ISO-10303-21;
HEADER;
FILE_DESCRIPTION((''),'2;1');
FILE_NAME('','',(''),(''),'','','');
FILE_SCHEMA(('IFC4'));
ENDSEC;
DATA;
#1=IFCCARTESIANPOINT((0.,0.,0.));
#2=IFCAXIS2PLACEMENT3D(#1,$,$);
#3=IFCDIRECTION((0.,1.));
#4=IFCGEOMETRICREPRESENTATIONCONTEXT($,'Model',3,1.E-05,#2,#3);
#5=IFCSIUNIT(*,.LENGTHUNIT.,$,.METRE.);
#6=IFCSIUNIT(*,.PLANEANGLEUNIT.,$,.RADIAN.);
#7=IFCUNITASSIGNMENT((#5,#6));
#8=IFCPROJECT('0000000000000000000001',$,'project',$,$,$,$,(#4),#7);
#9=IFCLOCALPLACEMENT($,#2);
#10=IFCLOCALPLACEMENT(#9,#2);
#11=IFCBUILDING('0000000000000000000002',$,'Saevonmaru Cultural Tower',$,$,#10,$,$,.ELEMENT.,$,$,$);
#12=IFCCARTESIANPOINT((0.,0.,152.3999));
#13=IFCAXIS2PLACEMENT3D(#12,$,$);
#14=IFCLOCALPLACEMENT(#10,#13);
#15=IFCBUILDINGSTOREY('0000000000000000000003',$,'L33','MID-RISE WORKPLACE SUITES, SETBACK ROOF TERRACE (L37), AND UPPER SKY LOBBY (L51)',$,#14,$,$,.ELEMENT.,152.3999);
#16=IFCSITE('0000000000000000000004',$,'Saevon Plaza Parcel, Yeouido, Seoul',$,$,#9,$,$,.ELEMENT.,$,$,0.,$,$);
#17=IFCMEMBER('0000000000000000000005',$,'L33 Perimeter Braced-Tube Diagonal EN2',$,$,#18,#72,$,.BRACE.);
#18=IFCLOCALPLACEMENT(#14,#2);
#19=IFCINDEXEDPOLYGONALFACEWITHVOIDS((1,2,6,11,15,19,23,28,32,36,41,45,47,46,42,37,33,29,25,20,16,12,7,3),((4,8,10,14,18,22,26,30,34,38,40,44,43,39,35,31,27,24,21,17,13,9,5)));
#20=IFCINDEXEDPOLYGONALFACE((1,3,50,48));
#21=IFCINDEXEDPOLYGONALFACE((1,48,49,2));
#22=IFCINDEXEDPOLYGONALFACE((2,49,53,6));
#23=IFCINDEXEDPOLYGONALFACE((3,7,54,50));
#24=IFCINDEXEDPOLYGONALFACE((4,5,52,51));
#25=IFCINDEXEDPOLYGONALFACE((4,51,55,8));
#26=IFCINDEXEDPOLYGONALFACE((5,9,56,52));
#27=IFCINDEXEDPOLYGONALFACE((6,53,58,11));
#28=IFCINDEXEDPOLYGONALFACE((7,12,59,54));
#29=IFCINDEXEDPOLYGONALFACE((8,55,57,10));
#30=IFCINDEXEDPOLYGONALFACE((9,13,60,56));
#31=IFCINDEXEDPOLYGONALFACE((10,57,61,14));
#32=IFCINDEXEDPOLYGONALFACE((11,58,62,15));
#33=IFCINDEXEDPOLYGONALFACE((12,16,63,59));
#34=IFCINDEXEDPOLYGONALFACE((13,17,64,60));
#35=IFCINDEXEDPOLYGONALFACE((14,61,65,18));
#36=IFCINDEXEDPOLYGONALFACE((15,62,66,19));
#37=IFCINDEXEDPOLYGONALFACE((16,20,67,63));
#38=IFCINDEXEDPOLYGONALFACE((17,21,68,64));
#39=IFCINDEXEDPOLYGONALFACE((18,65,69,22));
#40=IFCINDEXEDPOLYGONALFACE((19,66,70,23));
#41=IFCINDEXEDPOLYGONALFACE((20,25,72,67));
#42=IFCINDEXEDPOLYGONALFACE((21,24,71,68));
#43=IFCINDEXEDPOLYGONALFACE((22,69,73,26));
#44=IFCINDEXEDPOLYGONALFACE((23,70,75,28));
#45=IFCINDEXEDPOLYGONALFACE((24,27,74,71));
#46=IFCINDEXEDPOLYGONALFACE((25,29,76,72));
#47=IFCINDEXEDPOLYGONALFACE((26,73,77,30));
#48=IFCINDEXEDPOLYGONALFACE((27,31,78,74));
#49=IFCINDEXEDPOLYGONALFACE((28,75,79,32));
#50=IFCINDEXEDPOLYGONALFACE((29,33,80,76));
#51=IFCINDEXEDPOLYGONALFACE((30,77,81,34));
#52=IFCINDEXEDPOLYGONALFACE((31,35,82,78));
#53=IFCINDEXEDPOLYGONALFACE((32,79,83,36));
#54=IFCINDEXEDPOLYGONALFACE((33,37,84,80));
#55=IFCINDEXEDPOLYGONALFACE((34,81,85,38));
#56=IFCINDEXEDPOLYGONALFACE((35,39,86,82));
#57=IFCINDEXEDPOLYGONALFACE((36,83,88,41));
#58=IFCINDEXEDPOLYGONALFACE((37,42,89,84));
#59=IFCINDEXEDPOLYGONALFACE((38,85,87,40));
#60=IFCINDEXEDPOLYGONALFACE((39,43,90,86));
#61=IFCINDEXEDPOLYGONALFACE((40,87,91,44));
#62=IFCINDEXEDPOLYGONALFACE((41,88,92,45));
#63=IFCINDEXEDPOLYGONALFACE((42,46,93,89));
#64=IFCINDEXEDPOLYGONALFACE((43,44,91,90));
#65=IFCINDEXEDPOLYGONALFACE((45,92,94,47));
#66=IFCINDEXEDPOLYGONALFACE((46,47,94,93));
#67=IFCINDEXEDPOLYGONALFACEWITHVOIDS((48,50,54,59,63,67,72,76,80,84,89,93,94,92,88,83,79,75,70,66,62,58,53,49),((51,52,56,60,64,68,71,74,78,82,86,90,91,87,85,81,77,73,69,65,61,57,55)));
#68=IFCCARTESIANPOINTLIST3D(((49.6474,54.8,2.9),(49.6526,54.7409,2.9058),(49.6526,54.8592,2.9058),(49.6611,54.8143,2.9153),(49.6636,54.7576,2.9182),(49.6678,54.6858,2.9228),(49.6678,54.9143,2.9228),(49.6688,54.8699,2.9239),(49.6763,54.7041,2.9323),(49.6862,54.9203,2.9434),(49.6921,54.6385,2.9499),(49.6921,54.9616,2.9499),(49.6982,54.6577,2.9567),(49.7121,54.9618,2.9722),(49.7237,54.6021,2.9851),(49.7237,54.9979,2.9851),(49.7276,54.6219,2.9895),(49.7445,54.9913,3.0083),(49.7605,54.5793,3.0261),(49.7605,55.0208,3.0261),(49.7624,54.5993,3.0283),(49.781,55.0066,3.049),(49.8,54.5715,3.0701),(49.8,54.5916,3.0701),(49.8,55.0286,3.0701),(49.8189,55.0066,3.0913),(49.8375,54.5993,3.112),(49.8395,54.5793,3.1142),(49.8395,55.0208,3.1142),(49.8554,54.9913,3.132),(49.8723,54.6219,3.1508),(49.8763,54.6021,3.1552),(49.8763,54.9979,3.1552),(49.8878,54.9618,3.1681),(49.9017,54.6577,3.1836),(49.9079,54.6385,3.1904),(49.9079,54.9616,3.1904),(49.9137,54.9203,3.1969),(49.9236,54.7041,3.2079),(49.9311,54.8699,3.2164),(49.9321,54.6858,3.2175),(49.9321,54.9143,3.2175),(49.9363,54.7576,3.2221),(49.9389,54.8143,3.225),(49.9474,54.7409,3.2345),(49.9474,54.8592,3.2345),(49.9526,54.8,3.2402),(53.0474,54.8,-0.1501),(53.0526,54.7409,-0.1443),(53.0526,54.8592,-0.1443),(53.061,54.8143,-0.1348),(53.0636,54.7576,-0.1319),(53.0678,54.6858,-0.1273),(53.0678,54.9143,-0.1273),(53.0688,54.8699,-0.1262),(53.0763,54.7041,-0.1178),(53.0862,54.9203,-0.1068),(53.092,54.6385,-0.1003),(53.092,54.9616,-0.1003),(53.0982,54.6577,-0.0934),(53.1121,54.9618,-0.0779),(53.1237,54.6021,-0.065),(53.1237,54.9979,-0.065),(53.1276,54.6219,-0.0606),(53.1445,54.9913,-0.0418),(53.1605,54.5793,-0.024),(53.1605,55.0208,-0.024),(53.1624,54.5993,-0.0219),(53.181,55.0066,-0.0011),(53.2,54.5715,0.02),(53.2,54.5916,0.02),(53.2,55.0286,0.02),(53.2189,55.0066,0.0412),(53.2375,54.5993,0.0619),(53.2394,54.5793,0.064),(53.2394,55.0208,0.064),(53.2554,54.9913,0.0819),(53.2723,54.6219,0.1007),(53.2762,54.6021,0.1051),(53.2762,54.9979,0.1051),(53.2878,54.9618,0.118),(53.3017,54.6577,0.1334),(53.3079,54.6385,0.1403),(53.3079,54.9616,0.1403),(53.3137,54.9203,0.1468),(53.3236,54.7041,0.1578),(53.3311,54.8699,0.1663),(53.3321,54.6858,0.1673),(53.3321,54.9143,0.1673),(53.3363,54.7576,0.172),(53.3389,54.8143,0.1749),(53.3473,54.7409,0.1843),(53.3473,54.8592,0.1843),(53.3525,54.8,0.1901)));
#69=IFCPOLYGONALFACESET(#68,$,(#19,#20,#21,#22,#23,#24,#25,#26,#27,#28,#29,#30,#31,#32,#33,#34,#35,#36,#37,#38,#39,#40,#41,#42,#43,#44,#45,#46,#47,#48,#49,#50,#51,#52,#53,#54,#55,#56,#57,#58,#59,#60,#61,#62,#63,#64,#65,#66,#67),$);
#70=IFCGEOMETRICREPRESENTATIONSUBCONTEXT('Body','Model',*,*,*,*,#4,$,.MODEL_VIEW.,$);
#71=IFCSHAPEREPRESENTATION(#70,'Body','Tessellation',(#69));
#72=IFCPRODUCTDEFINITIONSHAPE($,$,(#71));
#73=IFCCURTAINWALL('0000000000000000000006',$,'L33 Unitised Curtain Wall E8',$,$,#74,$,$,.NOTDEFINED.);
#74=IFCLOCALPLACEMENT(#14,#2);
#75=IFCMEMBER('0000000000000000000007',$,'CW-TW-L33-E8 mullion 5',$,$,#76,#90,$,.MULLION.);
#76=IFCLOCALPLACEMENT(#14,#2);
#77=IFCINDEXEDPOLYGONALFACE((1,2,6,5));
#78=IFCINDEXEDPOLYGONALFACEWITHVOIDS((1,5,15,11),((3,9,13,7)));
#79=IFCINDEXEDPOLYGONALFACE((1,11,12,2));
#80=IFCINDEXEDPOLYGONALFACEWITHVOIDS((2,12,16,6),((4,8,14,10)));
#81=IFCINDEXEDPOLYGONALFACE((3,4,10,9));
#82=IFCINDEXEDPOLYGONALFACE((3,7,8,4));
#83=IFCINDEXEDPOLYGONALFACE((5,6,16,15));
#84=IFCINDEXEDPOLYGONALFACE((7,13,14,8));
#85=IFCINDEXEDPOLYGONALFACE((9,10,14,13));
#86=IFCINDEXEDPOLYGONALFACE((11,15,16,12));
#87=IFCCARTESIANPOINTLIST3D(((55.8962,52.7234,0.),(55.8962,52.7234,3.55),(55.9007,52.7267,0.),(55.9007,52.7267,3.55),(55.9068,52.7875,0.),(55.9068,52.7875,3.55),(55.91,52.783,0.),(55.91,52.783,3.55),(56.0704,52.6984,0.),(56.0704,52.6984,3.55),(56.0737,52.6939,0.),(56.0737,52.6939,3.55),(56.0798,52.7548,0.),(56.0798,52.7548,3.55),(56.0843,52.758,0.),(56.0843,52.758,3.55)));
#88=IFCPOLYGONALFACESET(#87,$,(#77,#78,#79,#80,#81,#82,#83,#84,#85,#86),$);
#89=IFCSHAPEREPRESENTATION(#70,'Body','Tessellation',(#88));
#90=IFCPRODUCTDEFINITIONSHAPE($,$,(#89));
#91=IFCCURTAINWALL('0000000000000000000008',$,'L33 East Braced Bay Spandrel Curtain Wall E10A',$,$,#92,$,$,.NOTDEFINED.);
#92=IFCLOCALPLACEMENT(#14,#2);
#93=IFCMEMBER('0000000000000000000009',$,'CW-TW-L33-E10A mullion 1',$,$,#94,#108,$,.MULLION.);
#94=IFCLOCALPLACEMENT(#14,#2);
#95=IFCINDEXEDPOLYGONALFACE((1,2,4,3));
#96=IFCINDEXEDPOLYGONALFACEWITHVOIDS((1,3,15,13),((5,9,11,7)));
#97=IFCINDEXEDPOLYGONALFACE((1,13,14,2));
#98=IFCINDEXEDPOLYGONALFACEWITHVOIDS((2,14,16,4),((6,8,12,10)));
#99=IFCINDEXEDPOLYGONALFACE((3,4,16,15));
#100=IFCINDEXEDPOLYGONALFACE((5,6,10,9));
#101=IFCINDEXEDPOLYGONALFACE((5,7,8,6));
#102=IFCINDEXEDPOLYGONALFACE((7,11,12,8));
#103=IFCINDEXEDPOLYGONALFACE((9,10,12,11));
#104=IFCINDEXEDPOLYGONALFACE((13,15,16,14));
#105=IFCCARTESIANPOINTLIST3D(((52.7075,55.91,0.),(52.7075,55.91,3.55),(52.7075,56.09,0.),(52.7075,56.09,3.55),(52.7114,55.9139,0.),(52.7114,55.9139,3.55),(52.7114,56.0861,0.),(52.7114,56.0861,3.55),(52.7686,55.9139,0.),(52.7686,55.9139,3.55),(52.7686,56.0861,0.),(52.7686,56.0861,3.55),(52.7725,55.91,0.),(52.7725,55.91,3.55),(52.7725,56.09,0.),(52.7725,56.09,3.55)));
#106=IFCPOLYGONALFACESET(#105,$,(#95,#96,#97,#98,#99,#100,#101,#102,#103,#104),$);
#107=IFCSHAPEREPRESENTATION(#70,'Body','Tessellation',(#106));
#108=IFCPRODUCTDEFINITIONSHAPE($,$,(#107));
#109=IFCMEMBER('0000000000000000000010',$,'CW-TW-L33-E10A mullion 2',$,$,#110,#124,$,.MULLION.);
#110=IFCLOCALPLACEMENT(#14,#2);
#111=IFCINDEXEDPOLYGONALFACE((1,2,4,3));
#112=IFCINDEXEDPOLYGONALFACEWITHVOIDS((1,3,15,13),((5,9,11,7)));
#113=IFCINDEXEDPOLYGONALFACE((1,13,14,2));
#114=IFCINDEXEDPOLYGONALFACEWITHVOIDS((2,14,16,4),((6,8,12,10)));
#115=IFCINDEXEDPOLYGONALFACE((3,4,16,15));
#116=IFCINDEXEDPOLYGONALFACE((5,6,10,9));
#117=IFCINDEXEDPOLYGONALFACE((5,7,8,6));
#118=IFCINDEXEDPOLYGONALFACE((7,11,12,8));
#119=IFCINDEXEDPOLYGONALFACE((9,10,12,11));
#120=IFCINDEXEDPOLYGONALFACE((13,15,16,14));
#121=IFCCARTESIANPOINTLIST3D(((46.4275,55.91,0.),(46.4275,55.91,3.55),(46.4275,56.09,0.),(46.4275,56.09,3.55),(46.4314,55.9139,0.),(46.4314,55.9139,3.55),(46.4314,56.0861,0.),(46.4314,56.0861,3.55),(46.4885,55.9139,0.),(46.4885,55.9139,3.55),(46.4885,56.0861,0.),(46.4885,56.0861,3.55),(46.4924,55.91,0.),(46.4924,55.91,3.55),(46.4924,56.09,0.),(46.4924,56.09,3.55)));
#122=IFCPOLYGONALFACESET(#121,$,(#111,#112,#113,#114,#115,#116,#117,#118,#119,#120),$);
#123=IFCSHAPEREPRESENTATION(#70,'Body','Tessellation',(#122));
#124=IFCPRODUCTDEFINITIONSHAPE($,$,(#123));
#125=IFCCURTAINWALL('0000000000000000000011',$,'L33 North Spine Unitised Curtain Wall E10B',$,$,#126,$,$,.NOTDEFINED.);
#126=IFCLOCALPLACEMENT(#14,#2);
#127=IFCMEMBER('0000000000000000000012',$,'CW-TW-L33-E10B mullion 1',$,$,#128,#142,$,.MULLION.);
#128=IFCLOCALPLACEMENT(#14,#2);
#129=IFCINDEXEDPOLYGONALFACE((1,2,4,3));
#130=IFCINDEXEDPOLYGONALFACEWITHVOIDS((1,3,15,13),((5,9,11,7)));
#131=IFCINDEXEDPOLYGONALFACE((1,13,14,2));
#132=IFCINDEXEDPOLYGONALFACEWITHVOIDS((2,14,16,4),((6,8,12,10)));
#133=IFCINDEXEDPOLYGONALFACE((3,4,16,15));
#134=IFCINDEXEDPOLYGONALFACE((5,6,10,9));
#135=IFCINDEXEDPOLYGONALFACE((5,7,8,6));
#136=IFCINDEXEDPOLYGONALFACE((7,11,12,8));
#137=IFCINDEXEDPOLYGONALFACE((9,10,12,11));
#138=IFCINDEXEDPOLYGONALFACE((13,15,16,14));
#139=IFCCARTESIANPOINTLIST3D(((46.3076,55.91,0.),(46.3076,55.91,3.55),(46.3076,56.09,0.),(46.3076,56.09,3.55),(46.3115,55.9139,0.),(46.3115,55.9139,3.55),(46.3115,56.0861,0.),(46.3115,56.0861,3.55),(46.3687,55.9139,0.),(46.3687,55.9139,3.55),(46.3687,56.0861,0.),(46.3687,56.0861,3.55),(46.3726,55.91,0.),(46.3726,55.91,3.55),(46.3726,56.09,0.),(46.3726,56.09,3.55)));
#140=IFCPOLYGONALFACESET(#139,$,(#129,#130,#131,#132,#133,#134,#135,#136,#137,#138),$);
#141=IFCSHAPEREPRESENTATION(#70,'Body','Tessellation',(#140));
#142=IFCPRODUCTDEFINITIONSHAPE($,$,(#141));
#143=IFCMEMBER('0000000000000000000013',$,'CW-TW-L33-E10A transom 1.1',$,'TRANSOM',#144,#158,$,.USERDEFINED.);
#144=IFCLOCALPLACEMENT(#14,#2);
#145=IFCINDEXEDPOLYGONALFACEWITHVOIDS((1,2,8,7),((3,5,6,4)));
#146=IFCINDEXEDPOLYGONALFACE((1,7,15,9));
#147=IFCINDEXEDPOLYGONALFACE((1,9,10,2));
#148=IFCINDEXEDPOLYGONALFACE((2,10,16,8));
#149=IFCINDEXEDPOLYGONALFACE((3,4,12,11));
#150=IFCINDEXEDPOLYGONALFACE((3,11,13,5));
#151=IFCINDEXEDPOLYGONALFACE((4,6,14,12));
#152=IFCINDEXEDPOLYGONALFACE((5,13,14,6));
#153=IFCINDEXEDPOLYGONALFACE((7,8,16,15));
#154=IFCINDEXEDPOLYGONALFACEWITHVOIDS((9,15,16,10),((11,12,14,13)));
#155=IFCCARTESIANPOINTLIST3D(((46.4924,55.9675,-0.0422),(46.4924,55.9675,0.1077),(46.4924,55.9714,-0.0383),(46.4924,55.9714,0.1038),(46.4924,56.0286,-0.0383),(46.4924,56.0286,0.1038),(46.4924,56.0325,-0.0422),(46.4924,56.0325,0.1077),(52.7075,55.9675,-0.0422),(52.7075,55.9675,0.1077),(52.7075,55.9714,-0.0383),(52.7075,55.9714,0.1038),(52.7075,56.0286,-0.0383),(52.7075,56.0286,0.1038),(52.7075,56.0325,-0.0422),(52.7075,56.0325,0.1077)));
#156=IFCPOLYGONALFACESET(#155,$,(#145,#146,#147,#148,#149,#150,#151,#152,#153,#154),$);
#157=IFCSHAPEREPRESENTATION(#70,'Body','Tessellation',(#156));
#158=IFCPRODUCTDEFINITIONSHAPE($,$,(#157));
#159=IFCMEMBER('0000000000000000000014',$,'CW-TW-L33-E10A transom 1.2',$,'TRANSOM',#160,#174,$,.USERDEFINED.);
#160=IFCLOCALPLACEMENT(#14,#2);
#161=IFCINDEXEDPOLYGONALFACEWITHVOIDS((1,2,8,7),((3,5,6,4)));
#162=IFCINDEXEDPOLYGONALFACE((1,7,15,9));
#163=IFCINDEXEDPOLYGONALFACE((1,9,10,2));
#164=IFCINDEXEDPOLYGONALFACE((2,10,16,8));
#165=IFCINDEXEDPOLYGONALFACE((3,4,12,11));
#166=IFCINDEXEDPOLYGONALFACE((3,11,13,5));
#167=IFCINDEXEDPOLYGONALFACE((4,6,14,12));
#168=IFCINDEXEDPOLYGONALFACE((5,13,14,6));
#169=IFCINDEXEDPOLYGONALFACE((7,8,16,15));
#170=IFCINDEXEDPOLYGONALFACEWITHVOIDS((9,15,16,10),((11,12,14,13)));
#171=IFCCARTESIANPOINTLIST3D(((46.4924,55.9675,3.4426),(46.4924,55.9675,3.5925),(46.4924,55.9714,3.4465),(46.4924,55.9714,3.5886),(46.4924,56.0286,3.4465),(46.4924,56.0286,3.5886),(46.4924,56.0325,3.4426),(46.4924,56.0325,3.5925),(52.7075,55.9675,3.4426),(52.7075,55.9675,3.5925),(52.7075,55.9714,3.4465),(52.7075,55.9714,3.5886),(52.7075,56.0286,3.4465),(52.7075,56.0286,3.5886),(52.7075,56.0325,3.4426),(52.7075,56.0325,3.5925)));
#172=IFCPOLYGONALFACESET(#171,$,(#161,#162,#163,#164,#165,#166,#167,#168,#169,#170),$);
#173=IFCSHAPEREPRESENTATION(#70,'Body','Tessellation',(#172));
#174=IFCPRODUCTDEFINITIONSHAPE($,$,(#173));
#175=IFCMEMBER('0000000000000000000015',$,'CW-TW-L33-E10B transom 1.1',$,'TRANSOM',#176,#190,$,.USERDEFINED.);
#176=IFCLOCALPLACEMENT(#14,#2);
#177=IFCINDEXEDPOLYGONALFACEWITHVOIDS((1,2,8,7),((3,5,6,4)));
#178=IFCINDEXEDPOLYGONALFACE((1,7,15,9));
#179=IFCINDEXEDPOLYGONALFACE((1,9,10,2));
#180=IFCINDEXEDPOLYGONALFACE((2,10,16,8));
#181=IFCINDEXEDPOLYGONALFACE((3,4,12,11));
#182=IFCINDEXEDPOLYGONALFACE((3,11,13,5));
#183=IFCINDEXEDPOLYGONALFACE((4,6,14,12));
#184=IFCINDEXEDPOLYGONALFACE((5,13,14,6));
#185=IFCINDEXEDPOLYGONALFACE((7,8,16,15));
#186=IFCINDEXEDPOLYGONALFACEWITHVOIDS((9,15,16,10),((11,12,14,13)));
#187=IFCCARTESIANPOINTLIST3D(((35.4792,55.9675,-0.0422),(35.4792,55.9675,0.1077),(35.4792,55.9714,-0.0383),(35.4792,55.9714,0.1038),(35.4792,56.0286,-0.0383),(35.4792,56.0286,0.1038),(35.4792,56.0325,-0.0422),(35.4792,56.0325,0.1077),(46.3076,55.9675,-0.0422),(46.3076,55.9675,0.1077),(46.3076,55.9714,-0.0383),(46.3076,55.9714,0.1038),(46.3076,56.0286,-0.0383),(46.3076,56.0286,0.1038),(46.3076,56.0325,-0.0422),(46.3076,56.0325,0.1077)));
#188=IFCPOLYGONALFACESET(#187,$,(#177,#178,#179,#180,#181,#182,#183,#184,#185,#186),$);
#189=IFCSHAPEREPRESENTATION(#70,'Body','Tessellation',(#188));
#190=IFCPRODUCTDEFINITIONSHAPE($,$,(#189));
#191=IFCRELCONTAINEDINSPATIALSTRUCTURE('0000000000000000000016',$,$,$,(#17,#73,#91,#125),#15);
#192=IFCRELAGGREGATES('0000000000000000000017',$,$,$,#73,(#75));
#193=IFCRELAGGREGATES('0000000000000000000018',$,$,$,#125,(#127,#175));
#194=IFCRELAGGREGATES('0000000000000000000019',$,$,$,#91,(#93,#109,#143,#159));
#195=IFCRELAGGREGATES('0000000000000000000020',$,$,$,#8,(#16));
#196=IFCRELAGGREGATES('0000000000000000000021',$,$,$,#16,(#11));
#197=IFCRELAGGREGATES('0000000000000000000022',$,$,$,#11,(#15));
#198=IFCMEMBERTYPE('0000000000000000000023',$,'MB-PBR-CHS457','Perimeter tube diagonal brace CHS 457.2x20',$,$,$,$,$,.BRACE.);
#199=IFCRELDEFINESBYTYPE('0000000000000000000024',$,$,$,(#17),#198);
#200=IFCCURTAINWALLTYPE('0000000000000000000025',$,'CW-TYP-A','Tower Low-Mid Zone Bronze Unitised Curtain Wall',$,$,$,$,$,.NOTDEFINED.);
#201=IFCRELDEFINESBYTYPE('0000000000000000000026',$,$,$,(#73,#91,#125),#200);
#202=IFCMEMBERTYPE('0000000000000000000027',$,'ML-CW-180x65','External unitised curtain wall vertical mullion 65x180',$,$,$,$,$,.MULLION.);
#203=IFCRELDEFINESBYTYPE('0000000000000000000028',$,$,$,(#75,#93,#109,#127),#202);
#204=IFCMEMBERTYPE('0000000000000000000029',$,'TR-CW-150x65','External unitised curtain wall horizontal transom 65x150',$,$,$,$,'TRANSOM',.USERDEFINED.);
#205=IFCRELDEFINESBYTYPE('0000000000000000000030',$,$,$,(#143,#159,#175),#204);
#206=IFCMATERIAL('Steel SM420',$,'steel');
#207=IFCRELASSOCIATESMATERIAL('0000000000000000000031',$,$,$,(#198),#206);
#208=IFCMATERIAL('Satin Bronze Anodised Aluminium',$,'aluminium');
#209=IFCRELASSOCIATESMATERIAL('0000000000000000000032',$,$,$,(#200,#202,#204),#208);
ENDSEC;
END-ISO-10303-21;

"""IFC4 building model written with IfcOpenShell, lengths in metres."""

from ifc_helpers import new_model, si_unit, direction, frame, origin, origin_2d, place, context, subcontext, project, spatial, hollow_rectangle, hollow_circle, extrude, material, material_profile, profile_set, type_object, element, aggregate, save


model = new_model("IFC4")

# Units and contexts
model_context = context("Model", 3, precision=1e-05, world=origin(), true_north=direction((0.0, 1.0)))
body_context = subcontext(model_context, "Body", "Model", "MODEL_VIEW")
ifc_project = project(units=[si_unit("LENGTHUNIT", "METRE"), si_unit("PLANEANGLEUNIT", "RADIAN")], contexts=[model_context])

# Site, building, storey
site_placement = place(None, origin())
site = spatial("IfcSite", under=ifc_project, at=site_placement, Name="Saevon Plaza Parcel, Yeouido, Seoul", CompositionType="ELEMENT", RefElevation=0.0)
building_placement = place(site_placement, origin())
building = spatial("IfcBuilding", under=site, at=building_placement, Name="Saevonmaru Cultural Tower", CompositionType="ELEMENT")
storey_placement = place(building_placement, frame((0.0, 0.0, 152.3999)))
storey = spatial("IfcBuildingStorey", under=building, at=storey_placement, Name="L33", Description="MID-RISE WORKPLACE SUITES, SETBACK ROOF TERRACE (L37), AND UPPER SKY LOBBY (L51)", CompositionType="ELEMENT", Elevation=152.3999)

# Shared definitions
ifc_material_1 = material(Name="Steel SM420", Category="steel")

# Member
ifc_material_profile_1 = material_profile(ifc_material_1, hollow_circle(Radius=0.2285, WallThickness=0.02, at=origin_2d()), Name="CHS-457.2x20")
ifc_profile_set_1 = profile_set([ifc_material_profile_1], Name="Steel SM420")
member_type_1 = type_object("IfcMemberType", Name="MB-PBR-CHS457", Description="Perimeter tube diagonal brace CHS 457.2x20", PredefinedType="BRACE", material=ifc_profile_set_1)
for number, where, z_axis, x_axis, name in (
    (1, (53.2, 54.8, 0.02), (-0.744367, 0.0, 0.667771), (0.0, -1.0, 0.0), "L33 Perimeter Braced-Tube Diagonal EN2"),
):
    element("IfcMember", number, at=place(storey_placement, frame(where, z_axis=z_axis, x_axis=x_axis)), inside=storey, type_object=member_type_1, Name=name, PredefinedType="BRACE", context=body_context, shape_type="SweptSolid", body=[
        extrude(hollow_circle(Radius=0.2285, WallThickness=0.02, at=origin_2d()), origin(), (0.0, 0.0, 1.0), 4.5676),
    ])

# Curtain wall, member
ifc_material_2 = material(Name="Satin Bronze Anodised Aluminium", Category="aluminium")
curtain_wall_type = type_object("IfcCurtainWallType", Name="CW-TYP-A", Description="Tower Low-Mid Zone Bronze Unitised Curtain Wall", PredefinedType="NOTDEFINED", material=ifc_material_2)
curtain_wall_1_placement = place(storey_placement, origin())
curtain_wall_1 = element("IfcCurtainWall", 2, at=curtain_wall_1_placement, inside=storey, type_object=curtain_wall_type, Name="L33 Unitised Curtain Wall E8", PredefinedType="NOTDEFINED")
ifc_material_profile_2 = material_profile(ifc_material_2, hollow_rectangle(XDim=0.0649, YDim=0.1799, WallThickness=0.0039, at=origin_2d()), Name="ALU-MULL-180x65x4")
ifc_profile_set_2 = profile_set([ifc_material_profile_2], Name="Satin Bronze Anodised Aluminium")
member_type_2 = type_object("IfcMemberType", Name="ML-CW-180x65", Description="External unitised curtain wall vertical mullion 65x180", PredefinedType="MULLION", material=ifc_profile_set_2)
member_1_placement = place(storey_placement, frame((55.9902, 52.7407, 0.0), z_axis=(0.0, 0.0, 1.0), x_axis=(0.163999, 0.986461, 0.0)))
member_1 = element("IfcMember", 3, at=member_1_placement, type_object=member_type_2, Name="CW-TW-L33-E8 mullion 5", PredefinedType="MULLION", context=body_context, shape_type="SweptSolid", body=[
    extrude(hollow_rectangle(XDim=0.0649, YDim=0.1799, WallThickness=0.0039, at=origin_2d()), origin(), (0.0, 0.0, 1.0), 3.55),
])
aggregate(curtain_wall_1, [member_1])

# Curtain wall, members
curtain_wall_2_placement = place(storey_placement, origin())
curtain_wall_2 = element("IfcCurtainWall", 4, at=curtain_wall_2_placement, inside=storey, type_object=curtain_wall_type, Name="L33 East Braced Bay Spandrel Curtain Wall E10A", PredefinedType="NOTDEFINED")
member_2_placement = place(storey_placement, frame((52.74, 56.0, 0.0), z_axis=(0.0, 0.0, 1.0), x_axis=(-1.0, 0.0, 0.0)))
member_2 = element("IfcMember", 5, at=member_2_placement, type_object=member_type_2, Name="CW-TW-L33-E10A mullion 1", PredefinedType="MULLION", context=body_context, shape_type="SweptSolid", body=[
    extrude(hollow_rectangle(XDim=0.0649, YDim=0.1799, WallThickness=0.0039, at=origin_2d()), origin(), (0.0, 0.0, 1.0), 3.55),
])
member_3_placement = place(storey_placement, frame((46.46, 56.0, 0.0), z_axis=(0.0, 0.0, 1.0), x_axis=(-1.0, 0.0, 0.0)))
member_3 = element("IfcMember", 6, at=member_3_placement, type_object=member_type_2, Name="CW-TW-L33-E10A mullion 2", PredefinedType="MULLION", context=body_context, shape_type="SweptSolid", body=[
    extrude(hollow_rectangle(XDim=0.0649, YDim=0.1799, WallThickness=0.0039, at=origin_2d()), origin(), (0.0, 0.0, 1.0), 3.55),
])

# Curtain wall, member
curtain_wall_3_placement = place(storey_placement, origin())
curtain_wall_3 = element("IfcCurtainWall", 7, at=curtain_wall_3_placement, inside=storey, type_object=curtain_wall_type, Name="L33 North Spine Unitised Curtain Wall E10B", PredefinedType="NOTDEFINED")
member_4_placement = place(storey_placement, frame((46.3401, 56.0, 0.0), z_axis=(0.0, 0.0, 1.0), x_axis=(-1.0, 0.0, 0.0)))
member_4 = element("IfcMember", 8, at=member_4_placement, type_object=member_type_2, Name="CW-TW-L33-E10B mullion 1", PredefinedType="MULLION", context=body_context, shape_type="SweptSolid", body=[
    extrude(hollow_rectangle(XDim=0.0649, YDim=0.1799, WallThickness=0.0039, at=origin_2d()), origin(), (0.0, 0.0, 1.0), 3.55),
])

# Members
ifc_material_profile_3 = material_profile(ifc_material_2, hollow_rectangle(XDim=0.0649, YDim=0.1499, WallThickness=0.0039, at=origin_2d()), Name="ALU-TRAN-150x65x4")
ifc_profile_set_3 = profile_set([ifc_material_profile_3], Name="Satin Bronze Anodised Aluminium")
member_type_3 = type_object("IfcMemberType", Name="TR-CW-150x65", Description="External unitised curtain wall horizontal transom 65x150", ElementType="TRANSOM", PredefinedType="USERDEFINED", material=ifc_profile_set_3)
member_5_placement = place(storey_placement, frame((52.7075, 56.0, 0.0327), z_axis=(-1.0, 0.0, 0.0), x_axis=(0.0, -1.0, 0.0)))
member_5 = element("IfcMember", 9, at=member_5_placement, type_object=member_type_3, Name="CW-TW-L33-E10A transom 1.1", ObjectType="TRANSOM", PredefinedType="USERDEFINED", context=body_context, shape_type="SweptSolid", body=[
    extrude(hollow_rectangle(XDim=0.0649, YDim=0.1499, WallThickness=0.0039, at=origin_2d()), origin(), (0.0, 0.0, 1.0), 6.2151),
])
member_6_placement = place(storey_placement, frame((52.7075, 56.0, 3.5176), z_axis=(-1.0, 0.0, 0.0), x_axis=(0.0, -1.0, 0.0)))
member_6 = element("IfcMember", 10, at=member_6_placement, type_object=member_type_3, Name="CW-TW-L33-E10A transom 1.2", ObjectType="TRANSOM", PredefinedType="USERDEFINED", context=body_context, shape_type="SweptSolid", body=[
    extrude(hollow_rectangle(XDim=0.0649, YDim=0.1499, WallThickness=0.0039, at=origin_2d()), origin(), (0.0, 0.0, 1.0), 6.2151),
])
member_7_placement = place(storey_placement, frame((46.3076, 56.0, 0.0327), z_axis=(-1.0, 0.0, 0.0), x_axis=(0.0, -1.0, 0.0)))
member_7 = element("IfcMember", 11, at=member_7_placement, type_object=member_type_3, Name="CW-TW-L33-E10B transom 1.1", ObjectType="TRANSOM", PredefinedType="USERDEFINED", context=body_context, shape_type="SweptSolid", body=[
    extrude(hollow_rectangle(XDim=0.0649, YDim=0.1499, WallThickness=0.0039, at=origin_2d()), origin(), (0.0, 0.0, 1.0), 10.8284),
])
aggregate(curtain_wall_3, [member_4, member_7])

aggregate(curtain_wall_2, [member_2, member_3, member_5, member_6])

save(model, "model.ifc")
